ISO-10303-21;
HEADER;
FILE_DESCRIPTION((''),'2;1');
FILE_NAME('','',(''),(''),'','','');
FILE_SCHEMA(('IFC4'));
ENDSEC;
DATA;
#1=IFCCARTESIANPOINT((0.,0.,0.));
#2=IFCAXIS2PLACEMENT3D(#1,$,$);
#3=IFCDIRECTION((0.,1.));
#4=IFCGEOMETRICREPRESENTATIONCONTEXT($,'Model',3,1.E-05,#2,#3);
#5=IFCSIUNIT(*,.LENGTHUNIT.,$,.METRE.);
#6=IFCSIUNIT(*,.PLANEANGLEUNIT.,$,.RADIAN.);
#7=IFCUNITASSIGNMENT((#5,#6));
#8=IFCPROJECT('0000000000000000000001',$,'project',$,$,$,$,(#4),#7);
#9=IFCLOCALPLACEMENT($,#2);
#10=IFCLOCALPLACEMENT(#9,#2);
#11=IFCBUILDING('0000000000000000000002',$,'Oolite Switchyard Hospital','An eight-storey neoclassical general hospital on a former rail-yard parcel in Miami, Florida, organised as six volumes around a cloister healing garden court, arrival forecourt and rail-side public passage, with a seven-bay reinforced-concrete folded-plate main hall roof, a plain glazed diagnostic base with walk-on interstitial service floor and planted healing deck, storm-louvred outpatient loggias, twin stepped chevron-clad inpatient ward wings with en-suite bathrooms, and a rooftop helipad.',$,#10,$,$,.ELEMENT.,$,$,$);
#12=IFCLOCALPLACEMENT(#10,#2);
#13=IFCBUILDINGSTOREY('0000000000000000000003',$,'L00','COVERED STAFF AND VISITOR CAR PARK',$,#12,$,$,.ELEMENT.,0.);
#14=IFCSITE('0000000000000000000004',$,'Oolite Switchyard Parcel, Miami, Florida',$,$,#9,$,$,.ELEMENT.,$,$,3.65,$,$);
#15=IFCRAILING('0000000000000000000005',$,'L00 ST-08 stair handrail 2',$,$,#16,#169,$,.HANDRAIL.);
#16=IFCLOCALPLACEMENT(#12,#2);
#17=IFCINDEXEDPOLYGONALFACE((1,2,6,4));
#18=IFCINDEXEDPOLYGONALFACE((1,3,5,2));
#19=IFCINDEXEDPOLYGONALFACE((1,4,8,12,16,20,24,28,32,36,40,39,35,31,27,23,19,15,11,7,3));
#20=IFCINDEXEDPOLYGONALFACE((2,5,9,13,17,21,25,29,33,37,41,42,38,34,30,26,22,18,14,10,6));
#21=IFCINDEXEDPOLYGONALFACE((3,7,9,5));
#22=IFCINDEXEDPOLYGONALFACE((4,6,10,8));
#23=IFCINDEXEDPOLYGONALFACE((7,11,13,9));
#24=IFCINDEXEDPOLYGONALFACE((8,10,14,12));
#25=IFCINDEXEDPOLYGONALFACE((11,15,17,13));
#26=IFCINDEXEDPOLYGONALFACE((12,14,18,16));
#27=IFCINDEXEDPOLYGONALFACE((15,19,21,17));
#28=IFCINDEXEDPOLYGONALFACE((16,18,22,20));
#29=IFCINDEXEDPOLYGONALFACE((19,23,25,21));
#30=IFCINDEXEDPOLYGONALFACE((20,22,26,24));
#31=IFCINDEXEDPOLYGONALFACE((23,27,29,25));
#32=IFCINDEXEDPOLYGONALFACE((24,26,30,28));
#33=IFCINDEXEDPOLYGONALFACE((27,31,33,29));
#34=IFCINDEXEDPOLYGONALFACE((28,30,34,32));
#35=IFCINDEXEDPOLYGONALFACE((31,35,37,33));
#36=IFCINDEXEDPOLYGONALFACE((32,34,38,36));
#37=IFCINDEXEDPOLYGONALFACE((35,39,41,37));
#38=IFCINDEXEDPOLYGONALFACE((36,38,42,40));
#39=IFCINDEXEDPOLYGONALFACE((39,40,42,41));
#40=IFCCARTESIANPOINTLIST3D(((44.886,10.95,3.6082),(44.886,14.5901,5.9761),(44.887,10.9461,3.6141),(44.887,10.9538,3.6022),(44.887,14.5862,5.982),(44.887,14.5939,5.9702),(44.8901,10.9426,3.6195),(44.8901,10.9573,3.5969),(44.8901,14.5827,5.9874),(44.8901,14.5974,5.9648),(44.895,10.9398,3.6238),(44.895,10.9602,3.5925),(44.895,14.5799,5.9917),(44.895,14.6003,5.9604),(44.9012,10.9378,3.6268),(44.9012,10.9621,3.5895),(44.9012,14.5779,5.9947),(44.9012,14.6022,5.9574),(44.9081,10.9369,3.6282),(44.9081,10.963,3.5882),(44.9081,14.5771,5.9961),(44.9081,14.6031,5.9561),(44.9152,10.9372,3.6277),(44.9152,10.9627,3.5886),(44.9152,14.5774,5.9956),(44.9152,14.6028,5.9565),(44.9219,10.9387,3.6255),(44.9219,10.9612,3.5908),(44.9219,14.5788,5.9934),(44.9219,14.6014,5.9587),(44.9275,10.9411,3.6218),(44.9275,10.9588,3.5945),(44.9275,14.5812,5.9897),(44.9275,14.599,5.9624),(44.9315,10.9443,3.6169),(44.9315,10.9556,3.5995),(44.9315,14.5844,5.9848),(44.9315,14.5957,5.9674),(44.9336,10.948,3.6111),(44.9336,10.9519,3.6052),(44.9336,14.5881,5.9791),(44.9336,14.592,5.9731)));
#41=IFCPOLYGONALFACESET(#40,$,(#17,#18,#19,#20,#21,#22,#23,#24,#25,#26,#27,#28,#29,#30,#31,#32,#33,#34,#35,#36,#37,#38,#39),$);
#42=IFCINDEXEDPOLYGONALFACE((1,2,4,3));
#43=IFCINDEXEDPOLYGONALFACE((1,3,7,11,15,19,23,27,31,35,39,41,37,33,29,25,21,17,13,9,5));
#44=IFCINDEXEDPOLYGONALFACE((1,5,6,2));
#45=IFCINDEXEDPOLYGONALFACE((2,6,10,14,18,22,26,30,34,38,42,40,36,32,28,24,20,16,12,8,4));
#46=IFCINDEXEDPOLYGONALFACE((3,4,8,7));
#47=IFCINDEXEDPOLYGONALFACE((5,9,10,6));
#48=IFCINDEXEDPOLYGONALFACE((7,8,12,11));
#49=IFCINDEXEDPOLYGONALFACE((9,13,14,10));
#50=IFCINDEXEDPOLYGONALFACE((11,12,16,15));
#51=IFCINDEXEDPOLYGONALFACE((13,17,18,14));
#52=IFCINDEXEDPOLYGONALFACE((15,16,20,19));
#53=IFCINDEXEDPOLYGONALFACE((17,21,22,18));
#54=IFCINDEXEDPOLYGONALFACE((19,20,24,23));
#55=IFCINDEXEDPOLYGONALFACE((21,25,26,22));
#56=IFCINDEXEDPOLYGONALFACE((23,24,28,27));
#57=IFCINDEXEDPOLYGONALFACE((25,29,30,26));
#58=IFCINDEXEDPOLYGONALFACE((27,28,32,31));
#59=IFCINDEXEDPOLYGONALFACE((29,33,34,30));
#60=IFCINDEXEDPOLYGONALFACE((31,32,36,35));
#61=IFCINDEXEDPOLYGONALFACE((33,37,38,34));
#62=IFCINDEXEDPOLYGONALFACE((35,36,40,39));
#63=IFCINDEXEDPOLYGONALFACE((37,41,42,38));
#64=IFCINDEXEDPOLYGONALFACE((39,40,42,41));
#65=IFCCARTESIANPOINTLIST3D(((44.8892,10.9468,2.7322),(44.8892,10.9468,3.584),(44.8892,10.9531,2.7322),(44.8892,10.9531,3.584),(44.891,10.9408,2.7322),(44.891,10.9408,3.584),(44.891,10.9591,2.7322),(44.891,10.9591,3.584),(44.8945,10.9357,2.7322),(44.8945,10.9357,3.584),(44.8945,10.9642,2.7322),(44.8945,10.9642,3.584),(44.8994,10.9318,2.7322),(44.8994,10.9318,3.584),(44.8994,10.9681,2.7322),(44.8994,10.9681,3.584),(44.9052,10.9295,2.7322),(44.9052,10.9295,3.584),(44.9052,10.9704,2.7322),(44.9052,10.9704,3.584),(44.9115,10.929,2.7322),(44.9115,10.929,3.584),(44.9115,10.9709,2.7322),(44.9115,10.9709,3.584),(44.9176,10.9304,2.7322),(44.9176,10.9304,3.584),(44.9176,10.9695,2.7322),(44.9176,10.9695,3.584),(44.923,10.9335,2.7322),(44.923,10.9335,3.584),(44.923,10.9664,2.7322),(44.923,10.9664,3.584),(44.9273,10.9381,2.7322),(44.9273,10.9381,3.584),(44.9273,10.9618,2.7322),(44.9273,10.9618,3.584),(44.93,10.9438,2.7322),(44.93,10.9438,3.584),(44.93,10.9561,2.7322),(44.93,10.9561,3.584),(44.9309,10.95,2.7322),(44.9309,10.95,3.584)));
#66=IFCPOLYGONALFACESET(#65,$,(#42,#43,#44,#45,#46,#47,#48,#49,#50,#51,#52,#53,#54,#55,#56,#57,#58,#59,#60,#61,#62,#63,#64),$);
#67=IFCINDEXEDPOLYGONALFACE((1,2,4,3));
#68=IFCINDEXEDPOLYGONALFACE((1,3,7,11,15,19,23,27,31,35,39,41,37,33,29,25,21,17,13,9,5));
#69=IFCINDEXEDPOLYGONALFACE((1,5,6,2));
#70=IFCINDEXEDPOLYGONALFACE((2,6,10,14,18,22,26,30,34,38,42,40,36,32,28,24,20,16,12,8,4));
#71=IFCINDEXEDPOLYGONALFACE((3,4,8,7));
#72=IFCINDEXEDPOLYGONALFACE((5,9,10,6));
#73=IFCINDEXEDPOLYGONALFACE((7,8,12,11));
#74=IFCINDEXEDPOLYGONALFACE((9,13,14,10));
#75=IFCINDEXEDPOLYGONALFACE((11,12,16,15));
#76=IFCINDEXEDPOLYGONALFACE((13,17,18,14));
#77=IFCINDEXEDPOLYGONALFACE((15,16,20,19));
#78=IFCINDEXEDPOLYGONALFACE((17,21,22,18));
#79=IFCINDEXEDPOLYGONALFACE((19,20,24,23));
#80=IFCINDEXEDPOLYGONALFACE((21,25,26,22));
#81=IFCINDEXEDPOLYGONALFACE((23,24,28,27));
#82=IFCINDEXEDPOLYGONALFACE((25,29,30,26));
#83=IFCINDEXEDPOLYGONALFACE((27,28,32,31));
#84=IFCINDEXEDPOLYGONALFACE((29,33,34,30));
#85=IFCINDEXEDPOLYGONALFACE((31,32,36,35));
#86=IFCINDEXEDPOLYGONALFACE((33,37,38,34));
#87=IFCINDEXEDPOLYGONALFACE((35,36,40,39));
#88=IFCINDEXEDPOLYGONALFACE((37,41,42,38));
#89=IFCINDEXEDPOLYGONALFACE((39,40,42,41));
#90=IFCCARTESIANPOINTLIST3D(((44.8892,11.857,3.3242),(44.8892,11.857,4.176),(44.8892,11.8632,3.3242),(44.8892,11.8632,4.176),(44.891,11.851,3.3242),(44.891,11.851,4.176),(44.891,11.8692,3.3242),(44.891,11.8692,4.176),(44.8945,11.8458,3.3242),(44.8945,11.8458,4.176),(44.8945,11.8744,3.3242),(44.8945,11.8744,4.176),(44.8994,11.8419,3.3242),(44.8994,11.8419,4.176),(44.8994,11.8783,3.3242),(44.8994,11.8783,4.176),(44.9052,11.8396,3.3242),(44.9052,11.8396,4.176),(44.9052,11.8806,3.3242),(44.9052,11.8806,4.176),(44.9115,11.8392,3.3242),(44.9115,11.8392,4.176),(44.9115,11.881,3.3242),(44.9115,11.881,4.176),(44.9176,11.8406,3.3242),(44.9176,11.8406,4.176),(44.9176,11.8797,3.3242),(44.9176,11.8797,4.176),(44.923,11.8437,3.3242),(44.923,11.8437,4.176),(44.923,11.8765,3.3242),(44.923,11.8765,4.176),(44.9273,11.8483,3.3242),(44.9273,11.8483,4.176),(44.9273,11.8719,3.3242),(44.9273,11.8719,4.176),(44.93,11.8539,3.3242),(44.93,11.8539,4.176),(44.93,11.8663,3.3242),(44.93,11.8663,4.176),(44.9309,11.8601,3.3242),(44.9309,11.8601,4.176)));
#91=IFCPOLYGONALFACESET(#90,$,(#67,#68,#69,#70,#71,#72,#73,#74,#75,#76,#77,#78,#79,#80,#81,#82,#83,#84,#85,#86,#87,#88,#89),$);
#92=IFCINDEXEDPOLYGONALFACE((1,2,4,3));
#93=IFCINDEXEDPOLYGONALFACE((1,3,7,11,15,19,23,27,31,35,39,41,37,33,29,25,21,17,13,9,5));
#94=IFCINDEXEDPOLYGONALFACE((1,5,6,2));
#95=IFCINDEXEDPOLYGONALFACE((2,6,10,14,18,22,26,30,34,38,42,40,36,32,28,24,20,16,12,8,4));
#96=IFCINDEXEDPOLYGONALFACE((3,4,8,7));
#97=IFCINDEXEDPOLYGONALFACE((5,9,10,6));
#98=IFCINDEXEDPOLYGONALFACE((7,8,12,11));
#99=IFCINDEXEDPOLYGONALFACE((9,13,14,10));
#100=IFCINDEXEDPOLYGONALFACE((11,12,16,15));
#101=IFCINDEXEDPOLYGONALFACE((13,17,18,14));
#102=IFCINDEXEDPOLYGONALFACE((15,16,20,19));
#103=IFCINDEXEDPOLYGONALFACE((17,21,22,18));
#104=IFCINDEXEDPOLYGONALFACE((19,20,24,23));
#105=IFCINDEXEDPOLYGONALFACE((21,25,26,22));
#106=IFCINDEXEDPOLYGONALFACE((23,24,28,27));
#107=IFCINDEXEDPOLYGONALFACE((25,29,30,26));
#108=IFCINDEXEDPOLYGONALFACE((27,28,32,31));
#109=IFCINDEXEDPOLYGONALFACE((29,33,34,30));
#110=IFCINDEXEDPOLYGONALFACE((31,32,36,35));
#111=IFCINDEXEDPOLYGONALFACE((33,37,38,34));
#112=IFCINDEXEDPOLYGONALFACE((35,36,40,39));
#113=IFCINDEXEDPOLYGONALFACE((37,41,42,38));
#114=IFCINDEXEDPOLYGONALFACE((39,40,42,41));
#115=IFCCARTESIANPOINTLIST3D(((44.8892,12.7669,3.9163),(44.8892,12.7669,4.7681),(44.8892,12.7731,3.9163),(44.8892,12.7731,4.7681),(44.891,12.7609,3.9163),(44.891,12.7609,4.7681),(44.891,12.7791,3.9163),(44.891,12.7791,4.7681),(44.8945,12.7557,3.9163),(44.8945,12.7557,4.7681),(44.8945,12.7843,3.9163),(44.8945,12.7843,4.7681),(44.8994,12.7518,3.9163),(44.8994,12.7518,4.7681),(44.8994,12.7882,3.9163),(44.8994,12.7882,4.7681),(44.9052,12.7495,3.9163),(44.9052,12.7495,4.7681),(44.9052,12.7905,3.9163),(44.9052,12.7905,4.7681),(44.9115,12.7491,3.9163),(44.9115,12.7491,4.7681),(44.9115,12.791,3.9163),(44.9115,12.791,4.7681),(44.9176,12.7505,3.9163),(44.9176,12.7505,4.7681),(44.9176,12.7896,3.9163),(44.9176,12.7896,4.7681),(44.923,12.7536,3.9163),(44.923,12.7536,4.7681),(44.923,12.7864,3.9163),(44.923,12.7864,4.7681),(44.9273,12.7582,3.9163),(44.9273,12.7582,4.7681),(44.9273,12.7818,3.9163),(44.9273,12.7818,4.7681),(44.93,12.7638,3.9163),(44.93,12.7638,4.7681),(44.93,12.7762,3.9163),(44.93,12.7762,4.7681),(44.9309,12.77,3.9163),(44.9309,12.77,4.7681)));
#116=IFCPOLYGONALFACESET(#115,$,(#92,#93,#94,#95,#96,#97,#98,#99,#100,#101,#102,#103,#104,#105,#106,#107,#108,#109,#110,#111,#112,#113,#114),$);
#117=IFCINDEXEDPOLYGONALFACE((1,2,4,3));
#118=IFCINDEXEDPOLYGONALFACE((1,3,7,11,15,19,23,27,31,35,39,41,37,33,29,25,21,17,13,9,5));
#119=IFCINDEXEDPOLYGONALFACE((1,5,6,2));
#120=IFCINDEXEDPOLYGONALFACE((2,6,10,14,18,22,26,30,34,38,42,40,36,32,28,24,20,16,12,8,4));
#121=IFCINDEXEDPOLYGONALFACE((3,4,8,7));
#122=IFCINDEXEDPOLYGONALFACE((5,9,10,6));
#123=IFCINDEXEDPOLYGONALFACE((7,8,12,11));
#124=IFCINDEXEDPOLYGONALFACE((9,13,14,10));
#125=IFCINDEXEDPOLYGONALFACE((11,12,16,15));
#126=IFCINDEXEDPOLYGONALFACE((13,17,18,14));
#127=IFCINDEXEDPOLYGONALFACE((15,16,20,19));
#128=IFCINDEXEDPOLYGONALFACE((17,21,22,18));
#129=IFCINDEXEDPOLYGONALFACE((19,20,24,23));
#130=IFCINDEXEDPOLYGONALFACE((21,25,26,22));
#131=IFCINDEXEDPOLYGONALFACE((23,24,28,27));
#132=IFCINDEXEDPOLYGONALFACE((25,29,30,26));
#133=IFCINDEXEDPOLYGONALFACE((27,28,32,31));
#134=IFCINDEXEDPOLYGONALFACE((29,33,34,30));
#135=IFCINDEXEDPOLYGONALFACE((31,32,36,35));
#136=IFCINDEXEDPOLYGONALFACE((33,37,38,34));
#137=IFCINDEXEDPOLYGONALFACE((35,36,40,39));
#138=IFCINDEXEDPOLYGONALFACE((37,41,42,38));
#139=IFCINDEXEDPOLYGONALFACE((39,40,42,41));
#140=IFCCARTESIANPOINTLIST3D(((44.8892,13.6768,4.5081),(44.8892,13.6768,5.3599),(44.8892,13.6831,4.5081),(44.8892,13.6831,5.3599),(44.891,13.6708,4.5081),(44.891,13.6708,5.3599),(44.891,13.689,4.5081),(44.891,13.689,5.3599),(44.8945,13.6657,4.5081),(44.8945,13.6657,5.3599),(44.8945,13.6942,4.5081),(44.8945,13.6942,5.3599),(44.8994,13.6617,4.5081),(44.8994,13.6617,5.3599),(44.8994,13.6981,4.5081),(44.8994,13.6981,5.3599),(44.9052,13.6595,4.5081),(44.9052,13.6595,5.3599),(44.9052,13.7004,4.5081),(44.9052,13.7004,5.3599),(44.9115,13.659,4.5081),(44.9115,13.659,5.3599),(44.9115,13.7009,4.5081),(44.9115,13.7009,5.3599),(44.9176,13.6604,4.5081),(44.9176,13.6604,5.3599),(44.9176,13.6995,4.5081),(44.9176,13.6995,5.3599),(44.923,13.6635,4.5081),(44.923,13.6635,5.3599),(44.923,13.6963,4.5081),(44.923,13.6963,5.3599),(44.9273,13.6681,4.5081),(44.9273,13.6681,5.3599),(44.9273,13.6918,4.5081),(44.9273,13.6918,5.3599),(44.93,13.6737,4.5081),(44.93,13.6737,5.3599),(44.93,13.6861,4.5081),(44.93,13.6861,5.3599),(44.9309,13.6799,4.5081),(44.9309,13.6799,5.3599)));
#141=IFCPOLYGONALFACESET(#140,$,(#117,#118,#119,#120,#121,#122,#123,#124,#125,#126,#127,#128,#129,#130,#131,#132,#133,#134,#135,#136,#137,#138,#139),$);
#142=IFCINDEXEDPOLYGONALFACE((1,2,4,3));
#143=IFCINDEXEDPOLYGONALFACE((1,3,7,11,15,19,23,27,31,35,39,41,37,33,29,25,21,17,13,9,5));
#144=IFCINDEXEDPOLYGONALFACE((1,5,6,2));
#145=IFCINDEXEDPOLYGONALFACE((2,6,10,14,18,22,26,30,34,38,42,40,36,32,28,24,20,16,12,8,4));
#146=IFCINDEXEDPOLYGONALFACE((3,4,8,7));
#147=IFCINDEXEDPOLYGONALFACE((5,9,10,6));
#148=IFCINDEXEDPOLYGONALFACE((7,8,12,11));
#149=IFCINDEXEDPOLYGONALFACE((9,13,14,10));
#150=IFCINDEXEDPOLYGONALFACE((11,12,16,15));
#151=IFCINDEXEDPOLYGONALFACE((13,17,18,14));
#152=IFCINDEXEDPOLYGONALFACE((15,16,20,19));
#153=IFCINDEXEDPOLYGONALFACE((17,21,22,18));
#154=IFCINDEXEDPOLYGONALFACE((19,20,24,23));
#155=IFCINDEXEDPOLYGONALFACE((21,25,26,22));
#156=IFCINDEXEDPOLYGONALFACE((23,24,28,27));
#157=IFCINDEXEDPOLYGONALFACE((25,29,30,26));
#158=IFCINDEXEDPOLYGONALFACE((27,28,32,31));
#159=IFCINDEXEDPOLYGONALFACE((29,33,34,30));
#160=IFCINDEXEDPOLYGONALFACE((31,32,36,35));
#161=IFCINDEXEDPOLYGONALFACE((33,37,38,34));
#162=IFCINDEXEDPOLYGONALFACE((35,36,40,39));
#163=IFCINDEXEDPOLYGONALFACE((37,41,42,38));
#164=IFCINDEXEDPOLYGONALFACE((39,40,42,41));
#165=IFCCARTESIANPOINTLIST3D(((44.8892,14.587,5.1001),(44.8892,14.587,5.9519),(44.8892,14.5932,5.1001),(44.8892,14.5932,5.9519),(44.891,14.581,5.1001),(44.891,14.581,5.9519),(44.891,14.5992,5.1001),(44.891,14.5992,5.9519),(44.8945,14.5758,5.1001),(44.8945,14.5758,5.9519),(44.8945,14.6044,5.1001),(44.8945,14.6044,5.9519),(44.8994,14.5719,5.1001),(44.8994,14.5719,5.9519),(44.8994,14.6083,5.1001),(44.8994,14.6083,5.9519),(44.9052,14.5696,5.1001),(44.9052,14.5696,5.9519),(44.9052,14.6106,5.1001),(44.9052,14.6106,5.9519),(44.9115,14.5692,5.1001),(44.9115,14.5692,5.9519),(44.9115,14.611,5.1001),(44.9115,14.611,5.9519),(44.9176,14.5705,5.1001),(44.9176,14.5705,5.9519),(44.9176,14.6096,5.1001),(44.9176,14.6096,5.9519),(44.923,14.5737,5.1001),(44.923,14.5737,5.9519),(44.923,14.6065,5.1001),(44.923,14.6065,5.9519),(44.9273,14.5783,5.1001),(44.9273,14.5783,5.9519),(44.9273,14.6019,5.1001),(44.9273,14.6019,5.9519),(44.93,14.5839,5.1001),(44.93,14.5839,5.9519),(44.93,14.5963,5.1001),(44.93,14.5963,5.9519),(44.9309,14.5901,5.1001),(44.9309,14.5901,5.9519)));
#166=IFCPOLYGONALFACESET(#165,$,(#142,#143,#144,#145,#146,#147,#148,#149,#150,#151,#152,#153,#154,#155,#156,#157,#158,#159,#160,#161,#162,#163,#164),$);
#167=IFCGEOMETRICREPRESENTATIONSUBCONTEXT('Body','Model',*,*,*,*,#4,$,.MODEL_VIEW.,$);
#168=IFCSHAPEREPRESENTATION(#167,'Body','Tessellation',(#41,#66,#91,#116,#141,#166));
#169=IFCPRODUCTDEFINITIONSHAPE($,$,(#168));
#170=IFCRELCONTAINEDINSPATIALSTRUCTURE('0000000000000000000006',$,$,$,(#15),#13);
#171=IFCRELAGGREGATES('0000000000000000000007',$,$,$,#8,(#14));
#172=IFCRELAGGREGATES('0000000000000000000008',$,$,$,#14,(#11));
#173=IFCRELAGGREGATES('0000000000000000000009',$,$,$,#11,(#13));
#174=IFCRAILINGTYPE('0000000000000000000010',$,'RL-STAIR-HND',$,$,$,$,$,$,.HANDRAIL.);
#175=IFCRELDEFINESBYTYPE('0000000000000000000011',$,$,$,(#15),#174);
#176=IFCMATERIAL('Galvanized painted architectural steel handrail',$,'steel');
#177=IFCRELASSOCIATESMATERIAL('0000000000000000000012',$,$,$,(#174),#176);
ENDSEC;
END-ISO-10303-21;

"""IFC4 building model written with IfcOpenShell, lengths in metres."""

from ifc_helpers import new_model, si_unit, direction, frame, origin, origin_2d, place, context, subcontext, project, spatial, circle, extrude, material, type_object, element, save


model = new_model("IFC4")

# Units and contexts
model_context = context("Model", 3, precision=1e-05, world=origin(), true_north=direction((0.0, 1.0)))
body_context = subcontext(model_context, "Body", "Model", "MODEL_VIEW")
ifc_project = project(units=[si_unit("LENGTHUNIT", "METRE"), si_unit("PLANEANGLEUNIT", "RADIAN")], contexts=[model_context])

# Site, building, storey
site_placement = place(None, origin())
site = spatial("IfcSite", under=ifc_project, at=site_placement, Name="Oolite Switchyard Parcel, Miami, Florida", CompositionType="ELEMENT", RefElevation=3.65)
building_placement = place(site_placement, origin())
building = spatial("IfcBuilding", under=site, at=building_placement, Name="Oolite Switchyard Hospital", Description="An eight-storey neoclassical general hospital on a former rail-yard parcel in Miami, Florida, organised as six volumes around a cloister healing garden court, arrival forecourt and rail-side public passage, with a seven-bay reinforced-concrete folded-plate main hall roof, a plain glazed diagnostic base with walk-on interstitial service floor and planted healing deck, storm-louvred outpatient loggias, twin stepped chevron-clad inpatient ward wings with en-suite bathrooms, and a rooftop helipad.", CompositionType="ELEMENT")
storey_placement = place(building_placement, origin())
storey = spatial("IfcBuildingStorey", under=building, at=storey_placement, Name="L00", Description="COVERED STAFF AND VISITOR CAR PARK", CompositionType="ELEMENT", Elevation=0.0)

# Railing
ifc_material_1 = material(Name="Galvanized painted architectural steel handrail", Category="steel")
railing_type_1 = type_object("IfcRailingType", Name="RL-STAIR-HND", PredefinedType="HANDRAIL", material=ifc_material_1)
railing_1_placement = place(storey_placement, frame((44.9099, 10.95, 2.7322)))
element("IfcRailing", 1, at=railing_1_placement, inside=storey, type_object=railing_type_1, Name="L00 ST-08 stair handrail 2", PredefinedType="HANDRAIL", context=body_context, shape_type="SweptSolid", body=[
    extrude(circle(Radius=0.0239, at=origin_2d()), frame((0.0, 0.0, 0.876), z_axis=(0.0, 0.838251, 0.545285), x_axis=(-1.0, 0.0, 0.0)), (0.0, 0.0, 1.0), 4.3425),
    extrude(circle(Radius=0.021, at=origin_2d()), origin(), (0.0, 0.0, 1.0), 0.8518),
    extrude(circle(Radius=0.021, at=origin_2d()), frame((0.0, 0.9102, 0.592)), (0.0, 0.0, 1.0), 0.8518),
    extrude(circle(Radius=0.021, at=origin_2d()), frame((0.0, 1.8201, 1.1841)), (0.0, 0.0, 1.0), 0.8518),
    extrude(circle(Radius=0.021, at=origin_2d()), frame((0.0, 2.73, 1.7759)), (0.0, 0.0, 1.0), 0.8518),
    extrude(circle(Radius=0.021, at=origin_2d()), frame((0.0, 3.6401, 2.3679)), (0.0, 0.0, 1.0), 0.8518),
])

save(model, "model.ifc")
